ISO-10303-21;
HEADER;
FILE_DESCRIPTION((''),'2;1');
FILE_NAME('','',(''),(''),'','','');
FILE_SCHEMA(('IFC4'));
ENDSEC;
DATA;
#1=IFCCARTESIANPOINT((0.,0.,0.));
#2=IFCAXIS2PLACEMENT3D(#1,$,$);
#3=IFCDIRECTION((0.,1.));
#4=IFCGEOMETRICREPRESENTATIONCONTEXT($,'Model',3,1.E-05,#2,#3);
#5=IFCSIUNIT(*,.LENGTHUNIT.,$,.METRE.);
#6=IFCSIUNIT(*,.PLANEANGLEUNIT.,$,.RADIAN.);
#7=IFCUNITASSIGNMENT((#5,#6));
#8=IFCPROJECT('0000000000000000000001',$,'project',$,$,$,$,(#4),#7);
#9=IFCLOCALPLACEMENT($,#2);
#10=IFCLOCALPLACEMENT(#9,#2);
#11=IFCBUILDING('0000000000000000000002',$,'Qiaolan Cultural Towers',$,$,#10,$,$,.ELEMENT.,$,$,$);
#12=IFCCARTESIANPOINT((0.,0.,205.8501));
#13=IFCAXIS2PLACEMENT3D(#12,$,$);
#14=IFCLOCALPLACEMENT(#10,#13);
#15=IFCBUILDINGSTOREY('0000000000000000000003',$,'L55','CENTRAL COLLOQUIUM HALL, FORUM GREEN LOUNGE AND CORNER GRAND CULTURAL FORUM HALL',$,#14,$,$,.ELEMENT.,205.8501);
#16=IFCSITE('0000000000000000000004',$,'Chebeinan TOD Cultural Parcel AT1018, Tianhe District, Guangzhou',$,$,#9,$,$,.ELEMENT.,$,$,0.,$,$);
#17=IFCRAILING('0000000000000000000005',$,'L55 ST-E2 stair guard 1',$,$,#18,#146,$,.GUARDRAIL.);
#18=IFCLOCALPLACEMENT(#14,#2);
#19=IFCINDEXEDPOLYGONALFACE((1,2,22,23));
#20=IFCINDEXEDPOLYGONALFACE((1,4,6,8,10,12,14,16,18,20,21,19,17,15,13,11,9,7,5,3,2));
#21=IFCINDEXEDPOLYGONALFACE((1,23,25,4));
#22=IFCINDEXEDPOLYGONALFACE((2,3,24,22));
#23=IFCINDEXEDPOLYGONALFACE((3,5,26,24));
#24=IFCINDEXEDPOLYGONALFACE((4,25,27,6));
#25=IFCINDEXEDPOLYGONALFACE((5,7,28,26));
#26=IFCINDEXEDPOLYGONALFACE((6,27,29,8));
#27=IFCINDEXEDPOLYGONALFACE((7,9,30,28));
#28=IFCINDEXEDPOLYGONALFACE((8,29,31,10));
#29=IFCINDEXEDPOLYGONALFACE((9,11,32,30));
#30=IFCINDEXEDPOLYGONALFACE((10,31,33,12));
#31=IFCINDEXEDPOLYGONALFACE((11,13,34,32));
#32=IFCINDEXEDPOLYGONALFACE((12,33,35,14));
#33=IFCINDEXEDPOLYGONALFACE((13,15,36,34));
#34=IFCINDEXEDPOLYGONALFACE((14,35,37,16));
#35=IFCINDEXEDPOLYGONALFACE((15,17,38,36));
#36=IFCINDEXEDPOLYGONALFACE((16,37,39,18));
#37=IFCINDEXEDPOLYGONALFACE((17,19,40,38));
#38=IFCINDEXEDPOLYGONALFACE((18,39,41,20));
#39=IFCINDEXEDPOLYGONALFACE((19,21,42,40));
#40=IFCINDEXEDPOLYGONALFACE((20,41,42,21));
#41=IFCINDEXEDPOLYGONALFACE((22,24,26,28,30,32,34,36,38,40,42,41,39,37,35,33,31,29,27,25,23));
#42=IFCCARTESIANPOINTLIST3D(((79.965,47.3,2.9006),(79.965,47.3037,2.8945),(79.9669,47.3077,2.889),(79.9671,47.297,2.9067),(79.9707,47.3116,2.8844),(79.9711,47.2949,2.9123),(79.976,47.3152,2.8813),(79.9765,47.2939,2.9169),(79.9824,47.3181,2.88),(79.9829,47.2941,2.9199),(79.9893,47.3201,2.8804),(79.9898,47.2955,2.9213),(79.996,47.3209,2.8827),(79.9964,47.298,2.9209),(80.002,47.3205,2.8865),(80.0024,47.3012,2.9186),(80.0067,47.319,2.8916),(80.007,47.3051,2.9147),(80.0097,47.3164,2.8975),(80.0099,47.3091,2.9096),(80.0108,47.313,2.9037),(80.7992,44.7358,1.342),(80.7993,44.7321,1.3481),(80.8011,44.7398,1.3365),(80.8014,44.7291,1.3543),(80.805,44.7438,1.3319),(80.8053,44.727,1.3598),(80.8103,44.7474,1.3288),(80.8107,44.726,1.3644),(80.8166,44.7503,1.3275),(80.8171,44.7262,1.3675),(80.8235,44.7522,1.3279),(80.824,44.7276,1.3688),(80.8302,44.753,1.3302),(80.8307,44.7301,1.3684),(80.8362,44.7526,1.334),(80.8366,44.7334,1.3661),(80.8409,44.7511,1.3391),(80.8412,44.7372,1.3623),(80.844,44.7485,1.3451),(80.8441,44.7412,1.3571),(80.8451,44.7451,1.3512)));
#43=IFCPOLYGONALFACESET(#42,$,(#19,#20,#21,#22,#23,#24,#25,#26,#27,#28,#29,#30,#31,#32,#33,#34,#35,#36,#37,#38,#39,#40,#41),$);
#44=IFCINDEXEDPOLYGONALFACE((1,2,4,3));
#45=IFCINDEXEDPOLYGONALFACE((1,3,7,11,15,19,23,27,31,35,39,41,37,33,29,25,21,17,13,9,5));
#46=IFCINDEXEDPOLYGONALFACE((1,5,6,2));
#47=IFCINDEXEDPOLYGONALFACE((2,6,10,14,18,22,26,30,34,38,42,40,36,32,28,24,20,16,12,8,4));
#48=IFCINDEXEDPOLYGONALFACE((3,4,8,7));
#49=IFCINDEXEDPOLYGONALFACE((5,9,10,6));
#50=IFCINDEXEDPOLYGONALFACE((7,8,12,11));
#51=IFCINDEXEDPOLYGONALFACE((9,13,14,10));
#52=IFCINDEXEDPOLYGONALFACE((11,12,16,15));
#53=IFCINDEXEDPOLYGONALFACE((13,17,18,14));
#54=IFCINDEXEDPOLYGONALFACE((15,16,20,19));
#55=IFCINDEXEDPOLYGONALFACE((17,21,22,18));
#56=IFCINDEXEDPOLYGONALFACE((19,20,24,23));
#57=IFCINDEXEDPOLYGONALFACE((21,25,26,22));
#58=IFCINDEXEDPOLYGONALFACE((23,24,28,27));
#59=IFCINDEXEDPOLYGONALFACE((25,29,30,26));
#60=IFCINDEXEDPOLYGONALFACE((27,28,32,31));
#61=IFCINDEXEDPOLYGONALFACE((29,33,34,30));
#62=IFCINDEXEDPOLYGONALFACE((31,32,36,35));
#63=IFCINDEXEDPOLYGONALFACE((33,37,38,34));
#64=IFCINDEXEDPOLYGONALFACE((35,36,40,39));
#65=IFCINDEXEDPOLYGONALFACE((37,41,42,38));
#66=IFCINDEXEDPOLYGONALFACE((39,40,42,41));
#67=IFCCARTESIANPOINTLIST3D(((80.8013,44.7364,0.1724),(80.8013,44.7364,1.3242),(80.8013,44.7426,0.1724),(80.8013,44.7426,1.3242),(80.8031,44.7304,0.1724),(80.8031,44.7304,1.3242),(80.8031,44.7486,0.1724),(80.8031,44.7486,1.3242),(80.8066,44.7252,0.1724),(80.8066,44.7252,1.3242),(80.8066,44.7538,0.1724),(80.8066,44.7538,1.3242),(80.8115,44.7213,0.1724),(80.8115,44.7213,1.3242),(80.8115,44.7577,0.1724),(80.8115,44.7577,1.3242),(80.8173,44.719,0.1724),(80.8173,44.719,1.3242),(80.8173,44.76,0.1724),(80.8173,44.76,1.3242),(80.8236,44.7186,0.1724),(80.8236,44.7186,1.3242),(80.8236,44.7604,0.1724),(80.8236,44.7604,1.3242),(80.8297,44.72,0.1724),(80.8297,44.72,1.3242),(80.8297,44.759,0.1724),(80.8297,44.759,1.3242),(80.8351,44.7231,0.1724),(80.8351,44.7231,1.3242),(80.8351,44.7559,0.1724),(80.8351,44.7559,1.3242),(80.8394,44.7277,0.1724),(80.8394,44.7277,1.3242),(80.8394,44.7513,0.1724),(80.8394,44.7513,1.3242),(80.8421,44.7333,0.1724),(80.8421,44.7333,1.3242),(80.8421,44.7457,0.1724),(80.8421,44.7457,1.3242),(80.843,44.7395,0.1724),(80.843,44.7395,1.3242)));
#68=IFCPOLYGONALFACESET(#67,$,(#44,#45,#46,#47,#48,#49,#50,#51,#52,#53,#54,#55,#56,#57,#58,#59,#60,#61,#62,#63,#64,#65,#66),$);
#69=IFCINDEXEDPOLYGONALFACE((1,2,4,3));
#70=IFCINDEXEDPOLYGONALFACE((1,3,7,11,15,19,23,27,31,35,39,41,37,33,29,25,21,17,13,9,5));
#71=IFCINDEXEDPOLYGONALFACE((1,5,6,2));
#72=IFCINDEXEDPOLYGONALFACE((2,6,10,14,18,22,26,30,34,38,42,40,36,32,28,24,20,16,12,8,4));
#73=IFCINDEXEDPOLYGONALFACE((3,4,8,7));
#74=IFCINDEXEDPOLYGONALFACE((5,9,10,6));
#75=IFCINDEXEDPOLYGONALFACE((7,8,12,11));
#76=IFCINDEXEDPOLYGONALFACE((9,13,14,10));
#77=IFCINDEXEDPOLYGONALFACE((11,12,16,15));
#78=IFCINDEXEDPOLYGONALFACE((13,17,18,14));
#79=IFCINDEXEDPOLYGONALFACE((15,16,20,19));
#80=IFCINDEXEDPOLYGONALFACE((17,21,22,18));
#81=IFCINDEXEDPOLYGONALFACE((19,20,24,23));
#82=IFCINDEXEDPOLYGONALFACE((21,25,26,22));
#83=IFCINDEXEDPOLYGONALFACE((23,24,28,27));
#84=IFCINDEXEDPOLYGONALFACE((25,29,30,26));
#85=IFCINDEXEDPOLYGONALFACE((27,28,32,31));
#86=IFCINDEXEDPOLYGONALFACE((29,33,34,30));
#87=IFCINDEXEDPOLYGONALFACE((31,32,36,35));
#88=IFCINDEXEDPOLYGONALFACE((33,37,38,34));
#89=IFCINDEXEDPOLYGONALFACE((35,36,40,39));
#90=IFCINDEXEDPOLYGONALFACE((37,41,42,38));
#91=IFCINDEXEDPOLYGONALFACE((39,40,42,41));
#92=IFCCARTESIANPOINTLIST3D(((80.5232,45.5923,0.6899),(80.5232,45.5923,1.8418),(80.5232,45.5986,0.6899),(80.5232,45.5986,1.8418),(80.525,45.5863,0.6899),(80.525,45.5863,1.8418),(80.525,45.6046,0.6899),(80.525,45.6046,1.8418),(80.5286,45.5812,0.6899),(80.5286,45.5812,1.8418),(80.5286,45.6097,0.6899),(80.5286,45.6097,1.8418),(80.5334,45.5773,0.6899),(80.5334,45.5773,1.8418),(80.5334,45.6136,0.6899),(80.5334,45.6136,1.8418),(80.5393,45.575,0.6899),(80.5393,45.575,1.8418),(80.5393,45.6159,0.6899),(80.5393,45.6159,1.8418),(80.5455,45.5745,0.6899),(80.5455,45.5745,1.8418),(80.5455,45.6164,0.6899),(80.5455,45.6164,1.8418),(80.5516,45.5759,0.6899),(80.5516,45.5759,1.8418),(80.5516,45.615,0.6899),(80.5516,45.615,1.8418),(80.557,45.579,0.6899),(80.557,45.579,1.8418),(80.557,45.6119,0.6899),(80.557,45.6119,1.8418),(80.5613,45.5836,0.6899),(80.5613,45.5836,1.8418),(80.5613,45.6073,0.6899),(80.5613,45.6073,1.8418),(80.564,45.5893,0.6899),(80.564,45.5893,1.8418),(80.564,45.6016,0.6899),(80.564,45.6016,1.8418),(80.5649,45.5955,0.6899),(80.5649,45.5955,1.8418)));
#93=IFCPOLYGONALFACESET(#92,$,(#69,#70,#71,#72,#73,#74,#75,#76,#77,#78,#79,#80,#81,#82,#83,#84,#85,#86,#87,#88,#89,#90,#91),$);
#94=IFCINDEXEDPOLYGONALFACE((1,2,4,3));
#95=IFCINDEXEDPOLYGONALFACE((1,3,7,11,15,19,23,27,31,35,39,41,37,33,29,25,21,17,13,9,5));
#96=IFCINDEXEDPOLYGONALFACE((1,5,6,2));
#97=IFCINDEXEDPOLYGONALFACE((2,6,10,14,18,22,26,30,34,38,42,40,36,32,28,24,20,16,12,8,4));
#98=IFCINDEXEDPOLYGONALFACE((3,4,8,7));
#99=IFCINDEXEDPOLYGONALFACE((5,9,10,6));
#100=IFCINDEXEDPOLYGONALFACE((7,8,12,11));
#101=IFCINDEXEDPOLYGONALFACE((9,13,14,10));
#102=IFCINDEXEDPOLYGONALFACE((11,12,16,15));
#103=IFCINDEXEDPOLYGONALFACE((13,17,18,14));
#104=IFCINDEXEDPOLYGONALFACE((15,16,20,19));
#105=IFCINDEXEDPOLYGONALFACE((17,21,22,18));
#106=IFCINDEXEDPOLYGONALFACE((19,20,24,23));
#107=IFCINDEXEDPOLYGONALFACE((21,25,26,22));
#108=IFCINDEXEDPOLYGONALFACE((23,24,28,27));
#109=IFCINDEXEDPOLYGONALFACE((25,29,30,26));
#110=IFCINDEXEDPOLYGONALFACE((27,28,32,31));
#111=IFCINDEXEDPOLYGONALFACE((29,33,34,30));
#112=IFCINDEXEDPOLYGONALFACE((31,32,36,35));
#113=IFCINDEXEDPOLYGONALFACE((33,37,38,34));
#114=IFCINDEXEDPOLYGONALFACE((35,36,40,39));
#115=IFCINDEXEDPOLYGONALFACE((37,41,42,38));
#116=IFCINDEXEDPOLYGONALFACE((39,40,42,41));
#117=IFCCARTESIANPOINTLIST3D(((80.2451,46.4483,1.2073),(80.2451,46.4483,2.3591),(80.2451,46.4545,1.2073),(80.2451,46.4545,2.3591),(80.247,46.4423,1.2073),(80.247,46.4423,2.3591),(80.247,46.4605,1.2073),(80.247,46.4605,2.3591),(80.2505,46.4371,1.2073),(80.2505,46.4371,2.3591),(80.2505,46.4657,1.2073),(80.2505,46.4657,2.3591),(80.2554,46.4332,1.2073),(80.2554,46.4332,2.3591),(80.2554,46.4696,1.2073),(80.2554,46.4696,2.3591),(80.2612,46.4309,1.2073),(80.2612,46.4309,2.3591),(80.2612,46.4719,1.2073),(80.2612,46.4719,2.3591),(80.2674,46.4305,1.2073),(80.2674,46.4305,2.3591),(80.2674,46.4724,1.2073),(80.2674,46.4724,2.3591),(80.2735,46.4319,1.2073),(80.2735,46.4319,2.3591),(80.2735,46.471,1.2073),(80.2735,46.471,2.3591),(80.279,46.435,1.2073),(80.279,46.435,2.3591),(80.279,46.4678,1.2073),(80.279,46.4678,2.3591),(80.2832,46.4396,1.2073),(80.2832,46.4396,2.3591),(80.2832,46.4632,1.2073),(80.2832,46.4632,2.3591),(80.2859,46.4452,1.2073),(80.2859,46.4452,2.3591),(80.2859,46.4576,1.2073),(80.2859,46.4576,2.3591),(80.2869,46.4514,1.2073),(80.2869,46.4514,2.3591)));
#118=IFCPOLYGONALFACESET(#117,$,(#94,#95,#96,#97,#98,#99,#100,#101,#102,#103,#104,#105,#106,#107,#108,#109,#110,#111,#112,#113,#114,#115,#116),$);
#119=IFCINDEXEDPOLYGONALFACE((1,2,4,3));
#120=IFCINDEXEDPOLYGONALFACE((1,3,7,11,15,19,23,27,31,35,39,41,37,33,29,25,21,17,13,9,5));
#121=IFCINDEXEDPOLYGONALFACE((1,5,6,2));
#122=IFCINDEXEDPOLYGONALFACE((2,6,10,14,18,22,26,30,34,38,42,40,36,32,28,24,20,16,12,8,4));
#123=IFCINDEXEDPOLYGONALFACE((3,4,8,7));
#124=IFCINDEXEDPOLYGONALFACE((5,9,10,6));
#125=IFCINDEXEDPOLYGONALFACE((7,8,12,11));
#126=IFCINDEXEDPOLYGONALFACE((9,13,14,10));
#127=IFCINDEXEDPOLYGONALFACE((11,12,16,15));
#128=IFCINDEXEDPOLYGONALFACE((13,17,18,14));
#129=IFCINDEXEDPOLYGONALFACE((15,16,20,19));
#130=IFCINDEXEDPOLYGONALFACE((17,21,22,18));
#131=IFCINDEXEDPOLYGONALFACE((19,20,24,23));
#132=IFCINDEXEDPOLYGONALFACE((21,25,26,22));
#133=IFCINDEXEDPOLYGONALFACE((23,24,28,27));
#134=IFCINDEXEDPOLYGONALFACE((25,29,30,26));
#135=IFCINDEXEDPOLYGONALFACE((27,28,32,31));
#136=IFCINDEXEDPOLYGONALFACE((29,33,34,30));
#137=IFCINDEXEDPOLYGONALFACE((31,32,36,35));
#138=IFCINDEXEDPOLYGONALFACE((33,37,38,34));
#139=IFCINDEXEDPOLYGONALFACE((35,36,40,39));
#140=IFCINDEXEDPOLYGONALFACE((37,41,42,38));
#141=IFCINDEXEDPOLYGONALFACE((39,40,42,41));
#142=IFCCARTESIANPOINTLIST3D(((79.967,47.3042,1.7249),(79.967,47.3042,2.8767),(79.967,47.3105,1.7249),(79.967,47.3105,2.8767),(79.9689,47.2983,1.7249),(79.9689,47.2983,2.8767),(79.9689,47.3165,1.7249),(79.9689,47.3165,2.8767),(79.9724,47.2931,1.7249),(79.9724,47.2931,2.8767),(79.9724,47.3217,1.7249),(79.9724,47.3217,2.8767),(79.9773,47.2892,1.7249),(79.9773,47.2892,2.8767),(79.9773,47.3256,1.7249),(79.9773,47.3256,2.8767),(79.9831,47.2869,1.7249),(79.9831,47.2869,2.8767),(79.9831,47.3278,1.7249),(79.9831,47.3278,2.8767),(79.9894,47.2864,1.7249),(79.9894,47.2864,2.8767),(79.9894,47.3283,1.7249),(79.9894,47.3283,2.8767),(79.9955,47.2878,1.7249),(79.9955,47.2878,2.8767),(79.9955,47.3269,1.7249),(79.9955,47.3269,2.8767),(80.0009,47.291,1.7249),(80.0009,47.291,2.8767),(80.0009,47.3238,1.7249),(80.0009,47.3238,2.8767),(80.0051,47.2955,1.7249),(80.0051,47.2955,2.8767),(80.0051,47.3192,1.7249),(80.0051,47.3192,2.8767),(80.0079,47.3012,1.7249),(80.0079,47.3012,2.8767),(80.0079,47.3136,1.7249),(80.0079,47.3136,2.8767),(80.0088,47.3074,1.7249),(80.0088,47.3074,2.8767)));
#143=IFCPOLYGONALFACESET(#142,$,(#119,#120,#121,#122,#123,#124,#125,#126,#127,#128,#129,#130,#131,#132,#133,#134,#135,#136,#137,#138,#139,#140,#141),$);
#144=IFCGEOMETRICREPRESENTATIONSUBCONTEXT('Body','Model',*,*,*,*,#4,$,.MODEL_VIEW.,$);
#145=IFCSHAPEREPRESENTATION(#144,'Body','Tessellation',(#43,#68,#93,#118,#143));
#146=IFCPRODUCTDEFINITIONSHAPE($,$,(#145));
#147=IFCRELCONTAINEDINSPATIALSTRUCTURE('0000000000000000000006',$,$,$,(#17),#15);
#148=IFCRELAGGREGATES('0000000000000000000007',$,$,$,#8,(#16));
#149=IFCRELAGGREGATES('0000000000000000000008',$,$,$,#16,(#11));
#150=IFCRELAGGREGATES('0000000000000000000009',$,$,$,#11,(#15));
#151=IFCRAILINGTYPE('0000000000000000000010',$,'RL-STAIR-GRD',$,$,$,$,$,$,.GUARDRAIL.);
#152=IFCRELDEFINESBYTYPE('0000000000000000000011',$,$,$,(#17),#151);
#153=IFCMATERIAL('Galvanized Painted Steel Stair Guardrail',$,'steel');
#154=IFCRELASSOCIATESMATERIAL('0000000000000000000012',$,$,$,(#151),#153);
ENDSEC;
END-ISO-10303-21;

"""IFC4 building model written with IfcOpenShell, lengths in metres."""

from ifc_helpers import new_model, si_unit, direction, frame, origin, origin_2d, place, context, subcontext, project, spatial, circle, extrude, material, type_object, element, save


model = new_model("IFC4")

# Units and contexts
model_context = context("Model", 3, precision=1e-05, world=origin(), true_north=direction((0.0, 1.0)))
body_context = subcontext(model_context, "Body", "Model", "MODEL_VIEW")
ifc_project = project(units=[si_unit("LENGTHUNIT", "METRE"), si_unit("PLANEANGLEUNIT", "RADIAN")], contexts=[model_context])

# Site, building, storey
site_placement = place(None, origin())
site = spatial("IfcSite", under=ifc_project, at=site_placement, Name="Chebeinan TOD Cultural Parcel AT1018, Tianhe District, Guangzhou", CompositionType="ELEMENT", RefElevation=0.0)
building_placement = place(site_placement, origin())
building = spatial("IfcBuilding", under=site, at=building_placement, Name="Qiaolan Cultural Towers", CompositionType="ELEMENT")
storey_placement = place(building_placement, frame((0.0, 0.0, 205.8501)))
storey = spatial("IfcBuildingStorey", under=building, at=storey_placement, Name="L55", Description="CENTRAL COLLOQUIUM HALL, FORUM GREEN LOUNGE AND CORNER GRAND CULTURAL FORUM HALL", CompositionType="ELEMENT", Elevation=205.8501)

# Railing
ifc_material_1 = material(Name="Galvanized Painted Steel Stair Guardrail", Category="steel")
railing_type_1 = type_object("IfcRailingType", Name="RL-STAIR-GRD", PredefinedType="GUARDRAIL", material=ifc_material_1)
railing_1_placement = place(storey_placement, frame((80.822, 44.7395, 0.1724)))
element("IfcRailing", 1, at=railing_1_placement, inside=storey, type_object=railing_type_1, Name="L55 ST-E2 stair guard 1", PredefinedType="GUARDRAIL", context=body_context, shape_type="SweptSolid", body=[
    extrude(circle(Radius=0.0239, at=origin_2d()), frame((0.0, 0.0, 1.1758), z_axis=(-0.267853, 0.824488, 0.498471), x_axis=(-0.95107, -0.308976, 0.0)), (0.0, 0.0, 1.0), 3.1145),
    extrude(circle(Radius=0.021, at=origin_2d()), origin(), (0.0, 0.0, 1.0), 1.1519),
    extrude(circle(Radius=0.021, at=origin_2d()), frame((-0.2781, 0.856, 0.5176)), (0.0, 0.0, 1.0), 1.1519),
    extrude(circle(Radius=0.021, at=origin_2d()), frame((-0.5562, 1.7119, 1.0349)), (0.0, 0.0, 1.0), 1.1519),
    extrude(circle(Radius=0.021, at=origin_2d()), frame((-0.8342, 2.5679, 1.5525)), (0.0, 0.0, 1.0), 1.1519),
])

save(model, "model.ifc")
